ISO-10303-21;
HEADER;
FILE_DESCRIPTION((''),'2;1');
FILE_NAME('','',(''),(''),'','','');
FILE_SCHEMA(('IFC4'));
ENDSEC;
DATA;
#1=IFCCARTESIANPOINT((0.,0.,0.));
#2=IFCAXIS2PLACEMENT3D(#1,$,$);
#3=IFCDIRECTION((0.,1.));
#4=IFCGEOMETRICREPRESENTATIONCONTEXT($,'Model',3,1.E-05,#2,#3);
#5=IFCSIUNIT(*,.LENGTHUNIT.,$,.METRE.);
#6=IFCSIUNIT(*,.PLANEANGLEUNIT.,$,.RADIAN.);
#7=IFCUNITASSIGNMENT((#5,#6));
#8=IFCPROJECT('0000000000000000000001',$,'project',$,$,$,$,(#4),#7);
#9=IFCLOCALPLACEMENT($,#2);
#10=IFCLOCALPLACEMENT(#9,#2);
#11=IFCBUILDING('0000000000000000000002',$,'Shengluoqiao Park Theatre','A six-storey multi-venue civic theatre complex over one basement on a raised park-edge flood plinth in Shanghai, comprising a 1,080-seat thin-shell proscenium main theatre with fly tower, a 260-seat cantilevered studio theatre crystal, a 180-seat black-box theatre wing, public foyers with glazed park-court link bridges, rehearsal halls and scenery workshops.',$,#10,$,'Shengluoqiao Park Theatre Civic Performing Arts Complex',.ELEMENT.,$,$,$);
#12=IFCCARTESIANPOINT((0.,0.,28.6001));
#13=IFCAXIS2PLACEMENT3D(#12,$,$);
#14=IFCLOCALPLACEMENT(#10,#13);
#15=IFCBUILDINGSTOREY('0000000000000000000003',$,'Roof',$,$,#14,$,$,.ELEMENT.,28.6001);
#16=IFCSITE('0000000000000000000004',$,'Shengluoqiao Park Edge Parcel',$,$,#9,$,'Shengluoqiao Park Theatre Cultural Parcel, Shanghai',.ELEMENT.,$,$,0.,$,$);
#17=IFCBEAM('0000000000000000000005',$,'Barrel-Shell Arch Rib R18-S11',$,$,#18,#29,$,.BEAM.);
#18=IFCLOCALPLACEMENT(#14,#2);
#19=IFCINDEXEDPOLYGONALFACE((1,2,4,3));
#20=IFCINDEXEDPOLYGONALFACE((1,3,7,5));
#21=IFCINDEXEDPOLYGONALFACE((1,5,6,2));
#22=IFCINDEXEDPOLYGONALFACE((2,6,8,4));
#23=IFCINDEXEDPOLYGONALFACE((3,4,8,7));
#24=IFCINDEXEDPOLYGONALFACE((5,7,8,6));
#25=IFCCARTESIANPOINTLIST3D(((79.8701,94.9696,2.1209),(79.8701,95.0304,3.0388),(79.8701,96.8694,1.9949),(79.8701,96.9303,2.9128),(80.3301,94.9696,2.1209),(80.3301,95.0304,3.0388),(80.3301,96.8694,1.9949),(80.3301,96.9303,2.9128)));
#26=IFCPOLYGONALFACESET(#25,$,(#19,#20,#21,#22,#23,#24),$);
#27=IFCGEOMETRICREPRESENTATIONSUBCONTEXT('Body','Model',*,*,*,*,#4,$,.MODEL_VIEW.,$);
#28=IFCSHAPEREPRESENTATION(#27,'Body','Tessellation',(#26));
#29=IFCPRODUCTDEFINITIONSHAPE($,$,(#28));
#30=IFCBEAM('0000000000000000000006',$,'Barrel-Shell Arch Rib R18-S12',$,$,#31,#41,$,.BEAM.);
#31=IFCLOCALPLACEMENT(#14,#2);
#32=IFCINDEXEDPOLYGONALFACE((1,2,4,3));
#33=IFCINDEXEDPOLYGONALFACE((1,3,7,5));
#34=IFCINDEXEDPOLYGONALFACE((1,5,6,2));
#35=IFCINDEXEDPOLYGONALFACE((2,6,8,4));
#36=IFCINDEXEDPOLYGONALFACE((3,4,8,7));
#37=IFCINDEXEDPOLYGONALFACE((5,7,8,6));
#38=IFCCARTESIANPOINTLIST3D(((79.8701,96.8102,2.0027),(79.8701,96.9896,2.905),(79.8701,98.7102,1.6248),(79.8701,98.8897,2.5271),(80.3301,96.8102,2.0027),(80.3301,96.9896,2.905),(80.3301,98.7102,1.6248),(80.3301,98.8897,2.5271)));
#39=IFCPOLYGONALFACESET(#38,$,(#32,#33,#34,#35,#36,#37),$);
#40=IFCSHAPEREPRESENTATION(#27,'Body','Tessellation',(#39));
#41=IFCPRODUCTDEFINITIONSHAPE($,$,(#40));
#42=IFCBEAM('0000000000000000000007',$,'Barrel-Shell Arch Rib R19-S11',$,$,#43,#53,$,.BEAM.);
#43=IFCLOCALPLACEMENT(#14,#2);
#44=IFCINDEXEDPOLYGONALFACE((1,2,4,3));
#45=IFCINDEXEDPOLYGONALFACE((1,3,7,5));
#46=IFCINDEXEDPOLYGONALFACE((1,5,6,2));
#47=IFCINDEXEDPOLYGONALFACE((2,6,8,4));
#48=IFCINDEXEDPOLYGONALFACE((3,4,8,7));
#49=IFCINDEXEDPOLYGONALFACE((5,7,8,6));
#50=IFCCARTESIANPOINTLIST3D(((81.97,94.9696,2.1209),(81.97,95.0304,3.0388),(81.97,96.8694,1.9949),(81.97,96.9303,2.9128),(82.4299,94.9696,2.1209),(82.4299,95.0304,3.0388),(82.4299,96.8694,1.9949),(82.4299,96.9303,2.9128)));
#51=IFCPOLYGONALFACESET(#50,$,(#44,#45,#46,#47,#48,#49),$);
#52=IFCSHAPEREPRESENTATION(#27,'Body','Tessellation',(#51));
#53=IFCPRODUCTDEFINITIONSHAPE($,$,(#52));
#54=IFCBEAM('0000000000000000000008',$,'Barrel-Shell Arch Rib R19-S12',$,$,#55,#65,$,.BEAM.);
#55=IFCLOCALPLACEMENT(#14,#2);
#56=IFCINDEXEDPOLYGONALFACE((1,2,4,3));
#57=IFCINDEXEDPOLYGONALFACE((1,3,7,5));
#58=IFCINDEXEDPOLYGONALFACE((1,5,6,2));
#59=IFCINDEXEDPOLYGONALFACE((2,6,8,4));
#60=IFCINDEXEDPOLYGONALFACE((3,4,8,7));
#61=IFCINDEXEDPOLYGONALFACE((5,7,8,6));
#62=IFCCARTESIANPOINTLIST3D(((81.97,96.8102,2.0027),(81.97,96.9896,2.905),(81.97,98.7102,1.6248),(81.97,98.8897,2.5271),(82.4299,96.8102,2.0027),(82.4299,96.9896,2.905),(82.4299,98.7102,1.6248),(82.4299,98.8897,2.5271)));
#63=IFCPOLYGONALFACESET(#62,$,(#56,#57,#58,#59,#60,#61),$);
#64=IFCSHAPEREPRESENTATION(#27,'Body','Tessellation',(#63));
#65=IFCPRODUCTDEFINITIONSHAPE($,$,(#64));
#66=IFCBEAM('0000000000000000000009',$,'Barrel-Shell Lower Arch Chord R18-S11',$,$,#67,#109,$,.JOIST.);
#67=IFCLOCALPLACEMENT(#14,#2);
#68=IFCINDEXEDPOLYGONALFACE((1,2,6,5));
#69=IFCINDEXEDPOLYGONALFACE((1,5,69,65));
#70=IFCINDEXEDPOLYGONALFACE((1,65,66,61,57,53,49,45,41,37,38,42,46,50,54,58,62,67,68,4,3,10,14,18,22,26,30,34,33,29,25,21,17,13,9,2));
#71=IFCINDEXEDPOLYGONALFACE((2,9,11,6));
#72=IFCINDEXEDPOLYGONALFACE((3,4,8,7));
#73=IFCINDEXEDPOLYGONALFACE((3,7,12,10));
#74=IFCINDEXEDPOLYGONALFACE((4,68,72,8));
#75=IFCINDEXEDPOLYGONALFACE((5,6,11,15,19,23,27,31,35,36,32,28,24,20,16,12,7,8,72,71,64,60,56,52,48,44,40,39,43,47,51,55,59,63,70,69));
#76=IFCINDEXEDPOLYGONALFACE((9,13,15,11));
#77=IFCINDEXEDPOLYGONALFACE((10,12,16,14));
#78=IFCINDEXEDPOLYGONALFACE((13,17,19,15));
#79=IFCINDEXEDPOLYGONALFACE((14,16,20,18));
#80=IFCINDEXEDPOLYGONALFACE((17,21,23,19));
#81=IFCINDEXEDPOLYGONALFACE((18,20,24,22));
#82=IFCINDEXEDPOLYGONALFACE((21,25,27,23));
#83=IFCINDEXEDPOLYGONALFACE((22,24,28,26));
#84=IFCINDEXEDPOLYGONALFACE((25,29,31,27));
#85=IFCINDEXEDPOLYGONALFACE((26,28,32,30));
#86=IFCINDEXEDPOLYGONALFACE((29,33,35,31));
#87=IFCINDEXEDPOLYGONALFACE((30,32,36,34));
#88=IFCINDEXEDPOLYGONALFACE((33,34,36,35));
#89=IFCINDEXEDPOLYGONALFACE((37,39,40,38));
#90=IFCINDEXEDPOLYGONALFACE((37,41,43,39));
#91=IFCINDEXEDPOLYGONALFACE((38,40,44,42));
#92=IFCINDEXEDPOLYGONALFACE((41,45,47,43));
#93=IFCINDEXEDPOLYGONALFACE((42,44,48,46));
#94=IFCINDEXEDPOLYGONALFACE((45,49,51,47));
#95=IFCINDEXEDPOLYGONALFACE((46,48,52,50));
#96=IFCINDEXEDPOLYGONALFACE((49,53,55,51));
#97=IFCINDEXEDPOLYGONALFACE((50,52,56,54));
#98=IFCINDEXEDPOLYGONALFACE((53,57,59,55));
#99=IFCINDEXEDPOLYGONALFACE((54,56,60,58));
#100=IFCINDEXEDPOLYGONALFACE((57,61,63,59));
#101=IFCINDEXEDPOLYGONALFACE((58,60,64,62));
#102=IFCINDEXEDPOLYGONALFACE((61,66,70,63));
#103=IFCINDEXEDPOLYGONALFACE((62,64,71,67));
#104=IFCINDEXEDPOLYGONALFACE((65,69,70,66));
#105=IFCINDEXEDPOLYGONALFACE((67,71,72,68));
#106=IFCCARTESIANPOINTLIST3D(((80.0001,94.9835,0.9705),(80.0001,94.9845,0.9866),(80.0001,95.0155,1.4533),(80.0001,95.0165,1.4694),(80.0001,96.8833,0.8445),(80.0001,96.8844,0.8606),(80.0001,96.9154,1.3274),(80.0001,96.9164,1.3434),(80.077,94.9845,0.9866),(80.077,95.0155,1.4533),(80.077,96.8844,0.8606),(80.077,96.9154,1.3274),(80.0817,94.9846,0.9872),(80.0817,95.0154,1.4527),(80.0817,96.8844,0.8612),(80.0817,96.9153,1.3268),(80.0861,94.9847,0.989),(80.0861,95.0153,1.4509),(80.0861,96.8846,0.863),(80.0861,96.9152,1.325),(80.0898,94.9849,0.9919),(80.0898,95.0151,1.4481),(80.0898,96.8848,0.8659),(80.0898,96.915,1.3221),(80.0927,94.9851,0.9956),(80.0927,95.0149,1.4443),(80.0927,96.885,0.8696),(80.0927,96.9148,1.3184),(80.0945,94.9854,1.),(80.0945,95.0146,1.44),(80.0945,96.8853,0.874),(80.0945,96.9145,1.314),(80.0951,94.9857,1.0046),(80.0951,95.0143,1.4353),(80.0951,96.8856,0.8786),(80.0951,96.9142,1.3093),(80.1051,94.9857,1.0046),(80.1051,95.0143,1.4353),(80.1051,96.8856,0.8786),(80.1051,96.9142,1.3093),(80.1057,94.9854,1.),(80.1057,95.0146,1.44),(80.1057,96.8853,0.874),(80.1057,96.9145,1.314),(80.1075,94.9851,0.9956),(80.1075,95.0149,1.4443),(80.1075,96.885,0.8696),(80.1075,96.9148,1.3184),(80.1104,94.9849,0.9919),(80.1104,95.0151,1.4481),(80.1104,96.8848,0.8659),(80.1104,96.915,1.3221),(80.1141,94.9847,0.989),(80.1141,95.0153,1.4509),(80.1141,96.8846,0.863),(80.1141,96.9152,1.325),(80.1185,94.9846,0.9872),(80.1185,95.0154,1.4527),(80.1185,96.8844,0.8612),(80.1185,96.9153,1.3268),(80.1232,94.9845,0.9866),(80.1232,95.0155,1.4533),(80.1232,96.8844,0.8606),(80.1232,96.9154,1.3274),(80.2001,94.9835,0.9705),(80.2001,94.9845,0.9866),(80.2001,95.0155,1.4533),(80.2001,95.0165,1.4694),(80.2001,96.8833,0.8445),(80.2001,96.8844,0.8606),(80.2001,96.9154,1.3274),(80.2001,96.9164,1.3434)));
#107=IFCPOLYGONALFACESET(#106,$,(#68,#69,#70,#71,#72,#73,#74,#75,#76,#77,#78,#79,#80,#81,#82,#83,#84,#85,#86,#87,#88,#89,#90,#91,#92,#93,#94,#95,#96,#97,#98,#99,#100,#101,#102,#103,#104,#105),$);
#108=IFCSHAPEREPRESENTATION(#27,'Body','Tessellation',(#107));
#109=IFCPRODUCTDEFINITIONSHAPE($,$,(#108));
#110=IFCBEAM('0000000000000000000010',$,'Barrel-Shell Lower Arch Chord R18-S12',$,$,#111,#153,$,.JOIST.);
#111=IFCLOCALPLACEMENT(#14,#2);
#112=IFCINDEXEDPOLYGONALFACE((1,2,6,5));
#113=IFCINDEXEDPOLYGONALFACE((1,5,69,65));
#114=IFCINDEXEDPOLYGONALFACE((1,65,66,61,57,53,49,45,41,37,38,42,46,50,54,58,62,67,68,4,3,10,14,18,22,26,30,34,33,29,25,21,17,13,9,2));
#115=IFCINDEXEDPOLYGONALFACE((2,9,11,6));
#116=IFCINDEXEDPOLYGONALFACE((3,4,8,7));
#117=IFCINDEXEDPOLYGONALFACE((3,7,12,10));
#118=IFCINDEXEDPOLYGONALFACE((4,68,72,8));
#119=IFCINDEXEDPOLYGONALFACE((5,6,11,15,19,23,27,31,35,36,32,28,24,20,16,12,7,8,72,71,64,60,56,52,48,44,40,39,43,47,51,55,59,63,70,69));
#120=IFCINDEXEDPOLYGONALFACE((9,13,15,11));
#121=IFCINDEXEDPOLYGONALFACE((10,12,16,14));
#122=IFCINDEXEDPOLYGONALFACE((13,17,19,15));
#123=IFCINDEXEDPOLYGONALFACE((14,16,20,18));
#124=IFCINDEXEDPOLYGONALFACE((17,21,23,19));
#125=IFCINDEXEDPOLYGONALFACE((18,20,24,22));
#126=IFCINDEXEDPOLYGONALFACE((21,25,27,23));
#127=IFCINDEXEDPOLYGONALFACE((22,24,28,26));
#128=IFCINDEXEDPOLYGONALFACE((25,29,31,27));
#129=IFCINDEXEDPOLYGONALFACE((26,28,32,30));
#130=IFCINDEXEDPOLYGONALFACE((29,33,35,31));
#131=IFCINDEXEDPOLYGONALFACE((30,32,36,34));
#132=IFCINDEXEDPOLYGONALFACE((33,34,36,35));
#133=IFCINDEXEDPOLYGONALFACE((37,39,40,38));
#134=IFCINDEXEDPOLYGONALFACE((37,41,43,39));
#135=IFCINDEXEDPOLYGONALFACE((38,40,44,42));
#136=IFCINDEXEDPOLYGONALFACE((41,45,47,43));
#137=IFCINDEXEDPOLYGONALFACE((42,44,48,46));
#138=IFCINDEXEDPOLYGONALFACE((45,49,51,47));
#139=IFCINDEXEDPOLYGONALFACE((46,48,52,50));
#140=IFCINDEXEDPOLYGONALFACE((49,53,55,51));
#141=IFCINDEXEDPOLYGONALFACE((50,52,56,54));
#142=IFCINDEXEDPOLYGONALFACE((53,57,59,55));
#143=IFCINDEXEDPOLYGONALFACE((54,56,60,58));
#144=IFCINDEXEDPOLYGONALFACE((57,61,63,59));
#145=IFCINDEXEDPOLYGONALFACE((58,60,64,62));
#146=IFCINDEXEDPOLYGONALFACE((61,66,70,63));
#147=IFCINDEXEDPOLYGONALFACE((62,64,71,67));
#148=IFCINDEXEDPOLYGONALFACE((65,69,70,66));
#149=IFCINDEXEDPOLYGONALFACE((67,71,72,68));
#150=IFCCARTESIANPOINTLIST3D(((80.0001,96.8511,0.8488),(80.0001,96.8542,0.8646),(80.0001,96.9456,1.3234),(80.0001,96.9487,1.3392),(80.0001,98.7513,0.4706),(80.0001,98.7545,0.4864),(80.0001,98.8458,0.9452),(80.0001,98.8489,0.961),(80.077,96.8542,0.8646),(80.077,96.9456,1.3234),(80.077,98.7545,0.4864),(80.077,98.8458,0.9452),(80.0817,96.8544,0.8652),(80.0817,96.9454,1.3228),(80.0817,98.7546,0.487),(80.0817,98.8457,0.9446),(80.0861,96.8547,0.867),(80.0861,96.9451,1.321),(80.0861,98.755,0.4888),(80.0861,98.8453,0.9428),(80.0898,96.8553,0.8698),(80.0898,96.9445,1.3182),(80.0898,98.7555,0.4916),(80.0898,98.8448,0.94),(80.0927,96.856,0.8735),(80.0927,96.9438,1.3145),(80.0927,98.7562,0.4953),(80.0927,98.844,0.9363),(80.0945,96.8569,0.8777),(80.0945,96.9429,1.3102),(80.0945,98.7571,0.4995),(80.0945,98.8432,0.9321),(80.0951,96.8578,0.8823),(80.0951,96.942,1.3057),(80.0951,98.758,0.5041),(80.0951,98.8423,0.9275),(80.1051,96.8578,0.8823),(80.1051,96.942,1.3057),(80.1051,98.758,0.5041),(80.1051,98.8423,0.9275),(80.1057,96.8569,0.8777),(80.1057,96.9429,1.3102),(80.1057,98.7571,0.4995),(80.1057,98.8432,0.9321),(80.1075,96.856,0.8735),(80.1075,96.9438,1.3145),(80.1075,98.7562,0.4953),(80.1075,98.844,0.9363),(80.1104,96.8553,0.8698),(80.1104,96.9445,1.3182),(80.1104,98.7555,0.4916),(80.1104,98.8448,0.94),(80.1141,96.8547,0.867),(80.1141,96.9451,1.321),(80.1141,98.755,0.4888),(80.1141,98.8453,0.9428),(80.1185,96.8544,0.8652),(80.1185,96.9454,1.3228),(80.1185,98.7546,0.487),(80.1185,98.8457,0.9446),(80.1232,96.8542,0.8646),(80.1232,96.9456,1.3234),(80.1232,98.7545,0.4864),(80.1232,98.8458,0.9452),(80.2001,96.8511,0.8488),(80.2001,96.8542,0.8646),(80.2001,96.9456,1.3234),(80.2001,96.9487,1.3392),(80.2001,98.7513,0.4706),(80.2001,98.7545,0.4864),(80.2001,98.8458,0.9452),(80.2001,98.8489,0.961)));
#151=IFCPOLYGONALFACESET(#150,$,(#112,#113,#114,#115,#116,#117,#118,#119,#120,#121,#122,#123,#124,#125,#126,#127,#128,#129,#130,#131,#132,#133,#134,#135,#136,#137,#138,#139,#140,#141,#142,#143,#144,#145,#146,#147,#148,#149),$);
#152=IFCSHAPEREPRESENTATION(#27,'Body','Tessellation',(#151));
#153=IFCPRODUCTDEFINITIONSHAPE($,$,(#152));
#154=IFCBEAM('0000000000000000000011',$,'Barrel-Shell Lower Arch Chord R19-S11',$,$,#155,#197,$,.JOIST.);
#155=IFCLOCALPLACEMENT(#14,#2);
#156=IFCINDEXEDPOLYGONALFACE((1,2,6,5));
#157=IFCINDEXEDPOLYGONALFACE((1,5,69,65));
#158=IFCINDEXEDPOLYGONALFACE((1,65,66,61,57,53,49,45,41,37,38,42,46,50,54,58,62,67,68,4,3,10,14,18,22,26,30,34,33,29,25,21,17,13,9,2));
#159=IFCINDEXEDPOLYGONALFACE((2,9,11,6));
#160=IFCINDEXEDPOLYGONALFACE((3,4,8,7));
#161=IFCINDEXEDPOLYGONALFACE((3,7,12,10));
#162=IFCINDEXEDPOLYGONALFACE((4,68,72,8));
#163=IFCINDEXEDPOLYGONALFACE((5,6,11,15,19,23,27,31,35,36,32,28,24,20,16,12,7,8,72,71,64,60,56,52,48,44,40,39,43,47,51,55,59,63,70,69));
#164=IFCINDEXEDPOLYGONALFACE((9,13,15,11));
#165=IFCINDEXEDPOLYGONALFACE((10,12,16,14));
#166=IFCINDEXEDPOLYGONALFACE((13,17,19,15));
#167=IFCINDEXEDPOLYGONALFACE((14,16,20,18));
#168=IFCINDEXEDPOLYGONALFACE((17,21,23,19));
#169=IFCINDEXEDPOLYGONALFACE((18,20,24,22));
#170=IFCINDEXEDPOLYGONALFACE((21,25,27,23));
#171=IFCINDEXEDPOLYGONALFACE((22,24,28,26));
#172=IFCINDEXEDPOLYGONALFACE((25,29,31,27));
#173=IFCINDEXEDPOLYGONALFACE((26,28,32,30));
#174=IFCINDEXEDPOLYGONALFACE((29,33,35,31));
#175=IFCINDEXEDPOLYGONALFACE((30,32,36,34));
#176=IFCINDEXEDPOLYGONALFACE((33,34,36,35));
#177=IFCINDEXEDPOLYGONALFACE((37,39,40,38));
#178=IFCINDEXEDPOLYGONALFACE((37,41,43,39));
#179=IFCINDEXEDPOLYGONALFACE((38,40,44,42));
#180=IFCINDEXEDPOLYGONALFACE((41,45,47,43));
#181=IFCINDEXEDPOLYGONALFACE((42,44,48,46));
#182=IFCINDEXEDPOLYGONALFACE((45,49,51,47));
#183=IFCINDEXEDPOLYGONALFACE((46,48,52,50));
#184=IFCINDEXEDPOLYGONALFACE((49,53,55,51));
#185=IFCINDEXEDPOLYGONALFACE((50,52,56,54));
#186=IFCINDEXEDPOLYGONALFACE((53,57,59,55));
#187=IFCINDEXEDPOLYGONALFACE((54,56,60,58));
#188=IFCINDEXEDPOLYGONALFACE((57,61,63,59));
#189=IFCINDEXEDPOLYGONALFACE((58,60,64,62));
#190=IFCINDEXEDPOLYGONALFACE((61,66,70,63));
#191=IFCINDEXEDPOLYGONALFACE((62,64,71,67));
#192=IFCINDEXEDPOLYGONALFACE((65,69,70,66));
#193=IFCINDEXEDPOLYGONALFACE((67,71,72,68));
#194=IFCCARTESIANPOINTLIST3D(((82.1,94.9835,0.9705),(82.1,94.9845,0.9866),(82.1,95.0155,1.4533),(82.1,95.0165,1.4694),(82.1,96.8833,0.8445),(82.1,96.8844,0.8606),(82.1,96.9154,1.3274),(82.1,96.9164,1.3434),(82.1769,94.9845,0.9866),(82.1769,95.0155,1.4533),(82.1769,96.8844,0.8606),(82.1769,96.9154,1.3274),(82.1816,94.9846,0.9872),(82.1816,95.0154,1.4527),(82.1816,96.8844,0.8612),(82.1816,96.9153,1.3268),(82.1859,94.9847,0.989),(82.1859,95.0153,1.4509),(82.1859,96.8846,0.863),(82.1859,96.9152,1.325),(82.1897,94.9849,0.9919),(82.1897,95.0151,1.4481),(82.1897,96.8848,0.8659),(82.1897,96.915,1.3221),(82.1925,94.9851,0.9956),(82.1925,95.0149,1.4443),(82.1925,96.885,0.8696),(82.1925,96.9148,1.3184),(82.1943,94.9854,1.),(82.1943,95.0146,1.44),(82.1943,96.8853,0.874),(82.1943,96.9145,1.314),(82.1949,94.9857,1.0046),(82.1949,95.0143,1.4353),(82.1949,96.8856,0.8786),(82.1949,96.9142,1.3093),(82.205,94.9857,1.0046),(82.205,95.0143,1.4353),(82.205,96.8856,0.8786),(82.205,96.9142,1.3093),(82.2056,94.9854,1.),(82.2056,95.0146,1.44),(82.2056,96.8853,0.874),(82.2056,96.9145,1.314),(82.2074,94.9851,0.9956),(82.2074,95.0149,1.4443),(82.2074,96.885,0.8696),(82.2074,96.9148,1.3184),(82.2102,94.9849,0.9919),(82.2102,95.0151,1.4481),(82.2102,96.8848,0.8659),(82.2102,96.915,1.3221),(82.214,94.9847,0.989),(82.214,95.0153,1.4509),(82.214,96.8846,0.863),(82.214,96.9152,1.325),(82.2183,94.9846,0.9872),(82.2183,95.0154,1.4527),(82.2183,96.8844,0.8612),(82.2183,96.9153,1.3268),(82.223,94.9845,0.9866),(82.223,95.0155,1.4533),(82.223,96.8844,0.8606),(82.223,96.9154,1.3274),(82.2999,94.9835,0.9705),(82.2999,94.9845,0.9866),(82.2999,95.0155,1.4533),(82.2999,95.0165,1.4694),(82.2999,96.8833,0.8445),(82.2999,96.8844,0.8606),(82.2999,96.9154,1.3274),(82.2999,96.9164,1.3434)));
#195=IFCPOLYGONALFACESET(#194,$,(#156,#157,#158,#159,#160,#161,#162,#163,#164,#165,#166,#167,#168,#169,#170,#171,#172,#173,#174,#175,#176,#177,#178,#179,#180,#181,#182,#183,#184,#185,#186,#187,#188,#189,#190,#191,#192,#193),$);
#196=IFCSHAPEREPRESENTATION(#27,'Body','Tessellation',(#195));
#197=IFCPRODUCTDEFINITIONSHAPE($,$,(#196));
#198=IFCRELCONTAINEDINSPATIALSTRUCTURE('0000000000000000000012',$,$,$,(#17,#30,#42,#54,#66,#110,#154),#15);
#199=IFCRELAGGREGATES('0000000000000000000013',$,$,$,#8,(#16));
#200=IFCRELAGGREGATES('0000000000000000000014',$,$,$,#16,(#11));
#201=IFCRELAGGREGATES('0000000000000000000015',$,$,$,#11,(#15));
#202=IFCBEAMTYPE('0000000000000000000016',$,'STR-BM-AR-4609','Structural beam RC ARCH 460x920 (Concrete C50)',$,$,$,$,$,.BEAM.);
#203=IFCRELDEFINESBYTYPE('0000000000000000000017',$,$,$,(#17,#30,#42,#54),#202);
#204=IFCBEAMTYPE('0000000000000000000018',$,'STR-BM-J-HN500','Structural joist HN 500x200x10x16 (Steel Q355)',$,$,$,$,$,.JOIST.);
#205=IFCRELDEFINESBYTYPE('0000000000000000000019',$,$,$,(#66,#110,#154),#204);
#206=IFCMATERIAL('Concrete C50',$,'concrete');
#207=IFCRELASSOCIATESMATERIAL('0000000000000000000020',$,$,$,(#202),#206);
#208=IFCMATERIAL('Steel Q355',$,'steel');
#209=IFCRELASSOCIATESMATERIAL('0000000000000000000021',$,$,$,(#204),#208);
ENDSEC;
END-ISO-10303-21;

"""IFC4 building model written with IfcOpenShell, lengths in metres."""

from ifc_helpers import new_model, si_unit, direction, frame, origin, origin_2d, place, context, subcontext, project, spatial, rectangle, i_section, extrude, material, material_profile, profile_set, type_object, element, save


model = new_model("IFC4")

# Units and contexts
model_context = context("Model", 3, precision=1e-05, world=origin(), true_north=direction((0.0, 1.0)))
body_context = subcontext(model_context, "Body", "Model", "MODEL_VIEW")
ifc_project = project(units=[si_unit("LENGTHUNIT", "METRE"), si_unit("PLANEANGLEUNIT", "RADIAN")], contexts=[model_context])

# Site, building, storey
site_placement = place(None, origin())
site = spatial("IfcSite", under=ifc_project, at=site_placement, Name="Shengluoqiao Park Edge Parcel", LongName="Shengluoqiao Park Theatre Cultural Parcel, Shanghai", CompositionType="ELEMENT", RefElevation=0.0)
building_placement = place(site_placement, origin())
building = spatial("IfcBuilding", under=site, at=building_placement, Name="Shengluoqiao Park Theatre", Description="A six-storey multi-venue civic theatre complex over one basement on a raised park-edge flood plinth in Shanghai, comprising a 1,080-seat thin-shell proscenium main theatre with fly tower, a 260-seat cantilevered studio theatre crystal, a 180-seat black-box theatre wing, public foyers with glazed park-court link bridges, rehearsal halls and scenery workshops.", LongName="Shengluoqiao Park Theatre Civic Performing Arts Complex", CompositionType="ELEMENT")
storey_placement = place(building_placement, frame((0.0, 0.0, 28.6001)))
storey = spatial("IfcBuildingStorey", under=building, at=storey_placement, Name="Roof", CompositionType="ELEMENT", Elevation=28.6001)

# Beams
ifc_material_1 = material(Name="Concrete C50", Category="concrete")
ifc_material_profile_1 = material_profile(ifc_material_1, rectangle(XDim=0.46, YDim=0.9199, at=origin_2d()), Name="RC ARCH 460x920")
ifc_profile_set_1 = profile_set([ifc_material_profile_1], Name="Concrete C50")
beam_type_1 = type_object("IfcBeamType", Name="STR-BM-AR-4609", Description="Structural beam RC ARCH 460x920 (Concrete C50)", PredefinedType="BEAM", material=ifc_profile_set_1)
beam_1_placement = place(storey_placement, frame((80.1001, 95.0, 2.5798), z_axis=(0.0, 0.997809, -0.066162), x_axis=(-1.0, 0.0, 0.0)))
element("IfcBeam", 1, at=beam_1_placement, inside=storey, type_object=beam_type_1, Name="Barrel-Shell Arch Rib R18-S11", PredefinedType="BEAM", context=body_context, shape_type="SweptSolid", body=[
    extrude(rectangle(XDim=0.46, YDim=0.9199, at=origin_2d()), origin(), (0.0, 0.0, 1.0), 1.9041),
])
beam_2_placement = place(storey_placement, frame((80.1001, 96.8999, 2.4539), z_axis=(0.0, 0.980789, -0.195074), x_axis=(-1.0, 0.0, 0.0)))
element("IfcBeam", 2, at=beam_2_placement, inside=storey, type_object=beam_type_1, Name="Barrel-Shell Arch Rib R18-S12", PredefinedType="BEAM", context=body_context, shape_type="SweptSolid", body=[
    extrude(rectangle(XDim=0.46, YDim=0.9199, at=origin_2d()), origin(), (0.0, 0.0, 1.0), 1.9373),
])
beam_3_placement = place(storey_placement, frame((82.2, 95.0, 2.5798), z_axis=(0.0, 0.997809, -0.066162), x_axis=(-1.0, 0.0, 0.0)))
element("IfcBeam", 3, at=beam_3_placement, inside=storey, type_object=beam_type_1, Name="Barrel-Shell Arch Rib R19-S11", PredefinedType="BEAM", context=body_context, shape_type="SweptSolid", body=[
    extrude(rectangle(XDim=0.46, YDim=0.9199, at=origin_2d()), origin(), (0.0, 0.0, 1.0), 1.9041),
])
beam_4_placement = place(storey_placement, frame((82.2, 96.8999, 2.4539), z_axis=(0.0, 0.980789, -0.195074), x_axis=(-1.0, 0.0, 0.0)))
element("IfcBeam", 4, at=beam_4_placement, inside=storey, type_object=beam_type_1, Name="Barrel-Shell Arch Rib R19-S12", PredefinedType="BEAM", context=body_context, shape_type="SweptSolid", body=[
    extrude(rectangle(XDim=0.46, YDim=0.9199, at=origin_2d()), origin(), (0.0, 0.0, 1.0), 1.9373),
])
ifc_material_2 = material(Name="Steel Q355", Category="steel")
ifc_material_profile_2 = material_profile(ifc_material_2, i_section(OverallWidth=0.2, OverallDepth=0.5, WebThickness=0.01, FlangeThickness=0.0161, FilletRadius=0.0181, at=origin_2d()), Name="HN 500x200x10x16")
ifc_profile_set_2 = profile_set([ifc_material_profile_2], Name="Steel Q355")
beam_type_2 = type_object("IfcBeamType", Name="STR-BM-J-HN500", Description="Structural joist HN 500x200x10x16 (Steel Q355)", PredefinedType="JOIST", material=ifc_profile_set_2)
beam_5_placement = place(storey_placement, frame((80.1001, 95.0, 1.22), z_axis=(0.0, 0.997809, -0.066162), x_axis=(-1.0, 0.0, 0.0)))
element("IfcBeam", 5, at=beam_5_placement, inside=storey, type_object=beam_type_2, Name="Barrel-Shell Lower Arch Chord R18-S11", PredefinedType="JOIST", context=body_context, shape_type="SweptSolid", body=[
    extrude(i_section(OverallWidth=0.2, OverallDepth=0.5, WebThickness=0.01, FlangeThickness=0.0161, FilletRadius=0.0181, at=origin_2d()), origin(), (0.0, 0.0, 1.0), 1.9041),
])
beam_6_placement = place(storey_placement, frame((80.1001, 96.8999, 1.094), z_axis=(0.0, 0.980764, -0.195195), x_axis=(-1.0, 0.0, 0.0)))
element("IfcBeam", 6, at=beam_6_placement, inside=storey, type_object=beam_type_2, Name="Barrel-Shell Lower Arch Chord R18-S12", PredefinedType="JOIST", context=body_context, shape_type="SweptSolid", body=[
    extrude(i_section(OverallWidth=0.2, OverallDepth=0.5, WebThickness=0.01, FlangeThickness=0.0161, FilletRadius=0.0181, at=origin_2d()), origin(), (0.0, 0.0, 1.0), 1.9375),
])
beam_7_placement = place(storey_placement, frame((82.2, 95.0, 1.22), z_axis=(0.0, 0.997809, -0.066162), x_axis=(-1.0, 0.0, 0.0)))
element("IfcBeam", 7, at=beam_7_placement, inside=storey, type_object=beam_type_2, Name="Barrel-Shell Lower Arch Chord R19-S11", PredefinedType="JOIST", context=body_context, shape_type="SweptSolid", body=[
    extrude(i_section(OverallWidth=0.2, OverallDepth=0.5, WebThickness=0.01, FlangeThickness=0.0161, FilletRadius=0.0181, at=origin_2d()), origin(), (0.0, 0.0, 1.0), 1.9041),
])

save(model, "model.ifc")
